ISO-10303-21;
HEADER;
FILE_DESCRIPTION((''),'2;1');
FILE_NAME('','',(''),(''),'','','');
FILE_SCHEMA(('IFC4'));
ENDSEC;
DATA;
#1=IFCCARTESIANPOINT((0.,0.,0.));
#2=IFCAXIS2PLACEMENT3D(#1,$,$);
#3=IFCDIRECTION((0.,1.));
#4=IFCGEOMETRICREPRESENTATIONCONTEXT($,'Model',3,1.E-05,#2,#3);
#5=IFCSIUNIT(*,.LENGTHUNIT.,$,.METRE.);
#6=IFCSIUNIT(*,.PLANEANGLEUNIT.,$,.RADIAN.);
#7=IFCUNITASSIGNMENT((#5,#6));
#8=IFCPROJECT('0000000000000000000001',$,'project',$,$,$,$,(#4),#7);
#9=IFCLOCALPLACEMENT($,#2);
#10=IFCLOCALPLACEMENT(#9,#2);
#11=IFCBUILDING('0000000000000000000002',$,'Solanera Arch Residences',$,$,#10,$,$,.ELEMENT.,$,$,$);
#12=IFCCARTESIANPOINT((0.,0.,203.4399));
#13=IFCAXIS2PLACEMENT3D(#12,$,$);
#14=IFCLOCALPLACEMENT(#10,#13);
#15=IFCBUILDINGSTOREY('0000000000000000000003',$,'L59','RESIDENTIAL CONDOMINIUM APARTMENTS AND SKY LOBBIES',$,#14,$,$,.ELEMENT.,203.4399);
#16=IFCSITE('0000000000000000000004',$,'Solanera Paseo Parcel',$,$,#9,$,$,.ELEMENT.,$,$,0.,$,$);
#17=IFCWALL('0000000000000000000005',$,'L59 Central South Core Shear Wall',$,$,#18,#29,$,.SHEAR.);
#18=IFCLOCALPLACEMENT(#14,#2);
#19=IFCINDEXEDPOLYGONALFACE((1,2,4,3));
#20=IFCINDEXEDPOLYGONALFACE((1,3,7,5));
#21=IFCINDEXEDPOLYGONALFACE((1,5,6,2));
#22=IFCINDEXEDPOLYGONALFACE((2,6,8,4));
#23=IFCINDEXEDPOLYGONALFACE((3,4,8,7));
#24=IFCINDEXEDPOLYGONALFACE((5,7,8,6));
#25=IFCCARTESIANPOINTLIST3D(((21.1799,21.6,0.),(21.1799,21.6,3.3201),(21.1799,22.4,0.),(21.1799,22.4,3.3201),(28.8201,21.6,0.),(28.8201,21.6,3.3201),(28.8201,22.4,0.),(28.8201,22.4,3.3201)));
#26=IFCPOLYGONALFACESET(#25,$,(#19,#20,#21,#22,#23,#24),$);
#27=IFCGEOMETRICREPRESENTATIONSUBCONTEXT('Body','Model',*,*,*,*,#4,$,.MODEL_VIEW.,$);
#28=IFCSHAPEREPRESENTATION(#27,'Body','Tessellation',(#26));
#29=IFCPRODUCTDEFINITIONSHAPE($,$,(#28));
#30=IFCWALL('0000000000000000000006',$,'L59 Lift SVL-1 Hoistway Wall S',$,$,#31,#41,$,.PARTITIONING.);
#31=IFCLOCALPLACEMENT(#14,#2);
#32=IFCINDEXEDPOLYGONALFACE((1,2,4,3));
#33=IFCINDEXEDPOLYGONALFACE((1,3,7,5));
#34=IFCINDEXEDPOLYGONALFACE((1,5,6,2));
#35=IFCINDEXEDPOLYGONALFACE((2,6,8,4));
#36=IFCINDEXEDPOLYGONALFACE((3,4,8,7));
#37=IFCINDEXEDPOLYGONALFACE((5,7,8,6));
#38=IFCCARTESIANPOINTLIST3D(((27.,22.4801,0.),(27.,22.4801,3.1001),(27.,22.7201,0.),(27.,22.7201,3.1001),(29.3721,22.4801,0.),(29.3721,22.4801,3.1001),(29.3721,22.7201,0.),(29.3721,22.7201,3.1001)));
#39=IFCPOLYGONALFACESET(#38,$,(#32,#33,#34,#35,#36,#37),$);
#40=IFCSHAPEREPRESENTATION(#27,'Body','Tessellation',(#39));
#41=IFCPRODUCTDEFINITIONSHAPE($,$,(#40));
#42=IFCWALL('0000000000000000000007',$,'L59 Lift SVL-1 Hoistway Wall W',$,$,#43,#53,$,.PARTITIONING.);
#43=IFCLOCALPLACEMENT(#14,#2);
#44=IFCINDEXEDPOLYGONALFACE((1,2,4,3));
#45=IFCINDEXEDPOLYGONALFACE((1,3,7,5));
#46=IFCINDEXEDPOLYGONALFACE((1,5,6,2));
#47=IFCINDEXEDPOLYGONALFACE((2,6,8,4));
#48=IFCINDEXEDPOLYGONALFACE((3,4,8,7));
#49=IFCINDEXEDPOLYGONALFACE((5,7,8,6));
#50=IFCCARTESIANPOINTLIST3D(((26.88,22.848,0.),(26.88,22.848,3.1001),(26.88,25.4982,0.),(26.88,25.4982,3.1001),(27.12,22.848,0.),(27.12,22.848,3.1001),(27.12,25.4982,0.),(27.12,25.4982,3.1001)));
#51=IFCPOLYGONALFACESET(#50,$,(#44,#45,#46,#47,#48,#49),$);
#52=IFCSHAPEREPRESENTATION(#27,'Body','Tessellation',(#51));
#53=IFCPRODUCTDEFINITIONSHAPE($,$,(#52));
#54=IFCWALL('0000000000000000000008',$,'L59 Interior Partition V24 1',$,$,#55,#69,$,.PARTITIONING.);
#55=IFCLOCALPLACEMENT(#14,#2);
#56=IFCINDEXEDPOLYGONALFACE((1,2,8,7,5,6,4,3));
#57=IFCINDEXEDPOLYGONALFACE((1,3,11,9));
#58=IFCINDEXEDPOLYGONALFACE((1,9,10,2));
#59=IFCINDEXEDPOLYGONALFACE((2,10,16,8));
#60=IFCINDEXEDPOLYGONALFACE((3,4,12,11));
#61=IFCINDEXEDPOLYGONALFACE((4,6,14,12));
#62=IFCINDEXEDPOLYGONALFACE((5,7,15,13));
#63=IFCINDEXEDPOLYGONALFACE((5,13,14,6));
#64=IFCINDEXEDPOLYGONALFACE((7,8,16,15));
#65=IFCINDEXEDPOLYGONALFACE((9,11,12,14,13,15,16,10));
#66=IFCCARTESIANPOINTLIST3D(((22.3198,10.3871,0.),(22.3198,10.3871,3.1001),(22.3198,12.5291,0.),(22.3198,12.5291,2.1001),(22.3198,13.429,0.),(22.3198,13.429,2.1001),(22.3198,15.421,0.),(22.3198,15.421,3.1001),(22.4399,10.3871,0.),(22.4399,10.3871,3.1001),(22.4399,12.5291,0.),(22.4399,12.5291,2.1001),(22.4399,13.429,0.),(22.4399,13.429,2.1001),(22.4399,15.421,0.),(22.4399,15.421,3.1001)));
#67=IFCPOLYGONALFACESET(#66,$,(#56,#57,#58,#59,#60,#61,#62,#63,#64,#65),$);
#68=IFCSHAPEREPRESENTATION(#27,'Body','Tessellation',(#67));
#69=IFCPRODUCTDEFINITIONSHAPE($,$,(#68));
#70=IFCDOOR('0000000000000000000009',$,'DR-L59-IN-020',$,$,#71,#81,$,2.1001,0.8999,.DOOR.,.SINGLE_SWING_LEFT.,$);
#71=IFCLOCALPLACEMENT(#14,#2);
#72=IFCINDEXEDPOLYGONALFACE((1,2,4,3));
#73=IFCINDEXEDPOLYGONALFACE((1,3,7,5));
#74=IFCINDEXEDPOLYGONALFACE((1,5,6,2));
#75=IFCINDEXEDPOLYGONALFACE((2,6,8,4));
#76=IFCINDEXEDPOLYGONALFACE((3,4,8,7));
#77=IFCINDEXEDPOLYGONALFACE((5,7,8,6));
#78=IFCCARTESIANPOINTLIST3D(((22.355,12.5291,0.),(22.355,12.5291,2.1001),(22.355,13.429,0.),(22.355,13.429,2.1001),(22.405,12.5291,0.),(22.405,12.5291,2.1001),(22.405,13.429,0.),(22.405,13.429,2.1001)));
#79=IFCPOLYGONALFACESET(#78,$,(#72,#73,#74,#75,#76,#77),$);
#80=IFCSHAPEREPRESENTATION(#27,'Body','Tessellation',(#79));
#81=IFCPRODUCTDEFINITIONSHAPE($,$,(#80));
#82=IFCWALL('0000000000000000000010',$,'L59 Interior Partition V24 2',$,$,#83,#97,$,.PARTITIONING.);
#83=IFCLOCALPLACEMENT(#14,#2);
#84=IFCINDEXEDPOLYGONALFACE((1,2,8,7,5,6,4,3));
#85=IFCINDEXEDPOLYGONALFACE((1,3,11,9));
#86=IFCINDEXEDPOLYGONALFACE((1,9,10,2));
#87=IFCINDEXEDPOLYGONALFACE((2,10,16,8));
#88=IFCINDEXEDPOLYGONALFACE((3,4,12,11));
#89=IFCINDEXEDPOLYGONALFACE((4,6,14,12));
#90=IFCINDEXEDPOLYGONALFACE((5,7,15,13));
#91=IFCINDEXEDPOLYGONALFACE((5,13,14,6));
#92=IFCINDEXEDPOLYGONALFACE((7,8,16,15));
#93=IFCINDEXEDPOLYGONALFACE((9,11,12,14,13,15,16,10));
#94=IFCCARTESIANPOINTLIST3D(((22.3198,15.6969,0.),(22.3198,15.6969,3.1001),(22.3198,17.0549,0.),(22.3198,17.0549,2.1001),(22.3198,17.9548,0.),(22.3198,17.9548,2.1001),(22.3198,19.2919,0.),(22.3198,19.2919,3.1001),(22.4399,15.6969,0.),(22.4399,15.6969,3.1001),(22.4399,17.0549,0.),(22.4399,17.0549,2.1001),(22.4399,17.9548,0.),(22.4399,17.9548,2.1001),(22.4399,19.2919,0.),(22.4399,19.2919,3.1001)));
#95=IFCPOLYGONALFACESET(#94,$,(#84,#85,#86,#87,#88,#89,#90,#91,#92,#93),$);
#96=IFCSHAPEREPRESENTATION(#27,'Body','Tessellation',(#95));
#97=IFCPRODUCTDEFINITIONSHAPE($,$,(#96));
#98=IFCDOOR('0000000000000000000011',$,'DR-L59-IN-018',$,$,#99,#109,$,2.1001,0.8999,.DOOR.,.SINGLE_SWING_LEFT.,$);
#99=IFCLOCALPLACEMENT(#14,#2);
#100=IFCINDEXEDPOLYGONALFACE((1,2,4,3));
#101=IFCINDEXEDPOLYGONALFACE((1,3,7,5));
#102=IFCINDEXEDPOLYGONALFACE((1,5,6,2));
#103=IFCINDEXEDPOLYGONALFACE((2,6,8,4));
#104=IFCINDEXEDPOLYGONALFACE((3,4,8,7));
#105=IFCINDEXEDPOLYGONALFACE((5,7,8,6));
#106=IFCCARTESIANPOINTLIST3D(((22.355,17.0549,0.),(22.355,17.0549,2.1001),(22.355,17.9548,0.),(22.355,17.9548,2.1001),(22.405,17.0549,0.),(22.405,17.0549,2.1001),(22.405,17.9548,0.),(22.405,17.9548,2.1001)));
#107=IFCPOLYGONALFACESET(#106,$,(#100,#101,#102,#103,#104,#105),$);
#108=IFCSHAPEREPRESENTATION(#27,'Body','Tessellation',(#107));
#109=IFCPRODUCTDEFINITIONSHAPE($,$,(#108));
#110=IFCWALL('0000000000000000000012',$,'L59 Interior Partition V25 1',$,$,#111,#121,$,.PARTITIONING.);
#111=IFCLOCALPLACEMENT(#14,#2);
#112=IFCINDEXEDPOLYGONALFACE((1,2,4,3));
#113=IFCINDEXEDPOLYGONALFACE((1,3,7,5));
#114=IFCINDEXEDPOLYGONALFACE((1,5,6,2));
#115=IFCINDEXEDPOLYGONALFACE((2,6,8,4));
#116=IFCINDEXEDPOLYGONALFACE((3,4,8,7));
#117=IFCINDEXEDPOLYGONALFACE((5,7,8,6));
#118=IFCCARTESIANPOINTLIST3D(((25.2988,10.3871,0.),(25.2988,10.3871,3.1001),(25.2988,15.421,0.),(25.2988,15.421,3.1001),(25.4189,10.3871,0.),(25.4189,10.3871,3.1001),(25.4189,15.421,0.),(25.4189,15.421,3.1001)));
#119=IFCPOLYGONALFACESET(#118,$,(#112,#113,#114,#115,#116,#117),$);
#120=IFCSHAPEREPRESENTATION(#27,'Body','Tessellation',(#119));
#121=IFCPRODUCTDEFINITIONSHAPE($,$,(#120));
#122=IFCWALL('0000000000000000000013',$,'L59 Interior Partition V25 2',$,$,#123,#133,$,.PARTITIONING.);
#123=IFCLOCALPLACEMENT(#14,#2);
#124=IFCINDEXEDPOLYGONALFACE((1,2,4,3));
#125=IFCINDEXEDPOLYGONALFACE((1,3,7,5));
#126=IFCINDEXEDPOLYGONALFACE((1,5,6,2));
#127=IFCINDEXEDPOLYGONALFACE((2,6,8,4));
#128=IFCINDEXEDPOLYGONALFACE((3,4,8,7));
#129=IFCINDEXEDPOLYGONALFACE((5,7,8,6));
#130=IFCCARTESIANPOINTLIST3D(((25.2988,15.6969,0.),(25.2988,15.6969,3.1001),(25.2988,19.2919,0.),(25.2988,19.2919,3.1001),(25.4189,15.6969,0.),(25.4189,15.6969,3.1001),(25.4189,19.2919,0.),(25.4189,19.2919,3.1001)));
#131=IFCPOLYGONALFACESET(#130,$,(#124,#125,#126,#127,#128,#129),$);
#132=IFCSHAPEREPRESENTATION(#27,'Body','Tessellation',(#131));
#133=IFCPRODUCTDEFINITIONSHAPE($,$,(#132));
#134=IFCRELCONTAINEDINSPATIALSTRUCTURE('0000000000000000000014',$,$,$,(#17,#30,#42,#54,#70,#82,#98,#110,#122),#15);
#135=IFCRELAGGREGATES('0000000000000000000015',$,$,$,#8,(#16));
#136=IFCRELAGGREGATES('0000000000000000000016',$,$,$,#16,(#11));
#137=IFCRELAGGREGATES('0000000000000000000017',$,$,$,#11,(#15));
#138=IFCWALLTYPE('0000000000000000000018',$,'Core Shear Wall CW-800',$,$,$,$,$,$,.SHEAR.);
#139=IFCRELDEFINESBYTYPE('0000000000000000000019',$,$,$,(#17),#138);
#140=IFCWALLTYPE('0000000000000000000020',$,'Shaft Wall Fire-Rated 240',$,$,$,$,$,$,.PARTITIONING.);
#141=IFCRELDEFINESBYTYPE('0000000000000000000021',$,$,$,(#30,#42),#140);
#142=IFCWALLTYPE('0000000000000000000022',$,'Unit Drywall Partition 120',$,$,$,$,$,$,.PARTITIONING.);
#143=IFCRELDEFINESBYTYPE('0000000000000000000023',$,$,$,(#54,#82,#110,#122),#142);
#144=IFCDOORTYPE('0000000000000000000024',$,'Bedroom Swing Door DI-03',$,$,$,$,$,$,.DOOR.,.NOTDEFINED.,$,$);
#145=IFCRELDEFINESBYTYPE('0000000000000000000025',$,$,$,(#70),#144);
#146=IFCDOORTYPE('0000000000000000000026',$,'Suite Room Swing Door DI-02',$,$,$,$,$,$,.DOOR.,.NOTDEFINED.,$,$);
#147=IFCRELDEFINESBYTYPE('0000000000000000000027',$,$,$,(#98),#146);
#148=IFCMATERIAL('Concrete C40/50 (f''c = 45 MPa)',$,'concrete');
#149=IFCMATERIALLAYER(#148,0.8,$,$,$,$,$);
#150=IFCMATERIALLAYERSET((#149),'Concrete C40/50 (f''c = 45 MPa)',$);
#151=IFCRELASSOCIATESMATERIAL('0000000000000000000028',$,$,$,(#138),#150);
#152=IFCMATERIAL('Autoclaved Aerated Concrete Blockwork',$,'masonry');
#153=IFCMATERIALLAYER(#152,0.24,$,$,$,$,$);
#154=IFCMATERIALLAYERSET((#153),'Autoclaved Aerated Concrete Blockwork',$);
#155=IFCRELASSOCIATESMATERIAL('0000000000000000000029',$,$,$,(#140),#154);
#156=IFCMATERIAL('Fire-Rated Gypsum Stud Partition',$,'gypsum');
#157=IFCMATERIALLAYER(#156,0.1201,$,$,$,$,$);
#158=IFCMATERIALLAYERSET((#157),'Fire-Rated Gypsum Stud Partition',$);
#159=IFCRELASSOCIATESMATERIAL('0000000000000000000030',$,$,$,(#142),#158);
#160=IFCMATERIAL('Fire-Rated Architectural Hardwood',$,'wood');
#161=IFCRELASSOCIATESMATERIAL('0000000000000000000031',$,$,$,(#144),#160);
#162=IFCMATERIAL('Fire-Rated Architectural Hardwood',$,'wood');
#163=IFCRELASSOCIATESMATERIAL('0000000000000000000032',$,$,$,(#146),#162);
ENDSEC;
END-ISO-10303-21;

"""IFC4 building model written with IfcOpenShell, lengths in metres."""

from ifc_helpers import new_model, si_unit, direction, frame, frame_2d, origin, place, context, subcontext, project, spatial, rectangle, extrude, material, layer, layer_set, type_object, element, fill, save


model = new_model("IFC4")

# Units and contexts
model_context = context("Model", 3, precision=1e-05, world=origin(), true_north=direction((0.0, 1.0)))
body_context = subcontext(model_context, "Body", "Model", "MODEL_VIEW")
ifc_project = project(units=[si_unit("LENGTHUNIT", "METRE"), si_unit("PLANEANGLEUNIT", "RADIAN")], contexts=[model_context])

# Site, building, storey
site_placement = place(None, origin())
site = spatial("IfcSite", under=ifc_project, at=site_placement, Name="Solanera Paseo Parcel", CompositionType="ELEMENT", RefElevation=0.0)
building_placement = place(site_placement, origin())
building = spatial("IfcBuilding", under=site, at=building_placement, Name="Solanera Arch Residences", CompositionType="ELEMENT")
storey_placement = place(building_placement, frame((0.0, 0.0, 203.4399)))
storey = spatial("IfcBuildingStorey", under=building, at=storey_placement, Name="L59", Description="RESIDENTIAL CONDOMINIUM APARTMENTS AND SKY LOBBIES", CompositionType="ELEMENT", Elevation=203.4399)

# Walls
ifc_material_1 = material(Name="Concrete C40/50 (f'c = 45 MPa)", Category="concrete")
ifc_layer_1 = layer(ifc_material_1, 0.8)
ifc_layer_set_1 = layer_set([ifc_layer_1], Name="Concrete C40/50 (f'c = 45 MPa)")
wall_type_1 = type_object("IfcWallType", Name="Core Shear Wall CW-800", PredefinedType="SHEAR", material=ifc_layer_set_1)
wall_1_placement = place(storey_placement, frame((21.1799, 22.0, 0.0), z_axis=(0.0, 0.0, 1.0), x_axis=(1.0, 0.0, 0.0)))
element("IfcWall", 1, at=wall_1_placement, inside=storey, type_object=wall_type_1, Name="L59 Central South Core Shear Wall", PredefinedType="SHEAR", context=body_context, shape_type="SweptSolid", body=[
    extrude(rectangle(XDim=7.6401, YDim=0.8, at=frame_2d((3.8201, 0.0))), origin(), (0.0, 0.0, 1.0), 3.3201),
])
ifc_material_2 = material(Name="Autoclaved Aerated Concrete Blockwork", Category="masonry")
ifc_layer_2 = layer(ifc_material_2, 0.24)
ifc_layer_set_2 = layer_set([ifc_layer_2], Name="Autoclaved Aerated Concrete Blockwork")
wall_type_2 = type_object("IfcWallType", Name="Shaft Wall Fire-Rated 240", PredefinedType="PARTITIONING", material=ifc_layer_set_2)
wall_2_placement = place(storey_placement, frame((27.0, 22.6001, 0.0), z_axis=(0.0, 0.0, 1.0), x_axis=(1.0, 0.0, 0.0)))
element("IfcWall", 2, at=wall_2_placement, inside=storey, type_object=wall_type_2, Name="L59 Lift SVL-1 Hoistway Wall S", PredefinedType="PARTITIONING", context=body_context, shape_type="SweptSolid", body=[
    extrude(rectangle(XDim=2.3721, YDim=0.24, at=frame_2d((1.186, 0.0))), origin(), (0.0, 0.0, 1.0), 3.1001),
])
wall_3_placement = place(storey_placement, frame((27.0, 22.8479, 0.0), z_axis=(0.0, 0.0, 1.0), x_axis=(0.0, 1.0, 0.0)))
element("IfcWall", 3, at=wall_3_placement, inside=storey, type_object=wall_type_2, Name="L59 Lift SVL-1 Hoistway Wall W", PredefinedType="PARTITIONING", context=body_context, shape_type="SweptSolid", body=[
    extrude(rectangle(XDim=2.6501, YDim=0.24, at=frame_2d((1.3252, 0.0))), origin(), (0.0, 0.0, 1.0), 3.1001),
])

# Walls, openings, doors
ifc_material_3 = material(Name="Fire-Rated Gypsum Stud Partition", Category="gypsum")
ifc_layer_3 = layer(ifc_material_3, 0.1201)
ifc_layer_set_3 = layer_set([ifc_layer_3], Name="Fire-Rated Gypsum Stud Partition")
wall_type_3 = type_object("IfcWallType", Name="Unit Drywall Partition 120", PredefinedType="PARTITIONING", material=ifc_layer_set_3)
wall_4_placement = place(storey_placement, frame((22.3799, 10.387, 0.0), z_axis=(0.0, 0.0, 1.0), x_axis=(0.0, 1.0, 0.0)))
wall_4 = element("IfcWall", 4, at=wall_4_placement, inside=storey, type_object=wall_type_3, Name="L59 Interior Partition V24 1", PredefinedType="PARTITIONING", context=body_context, shape_type="SweptSolid", body=[
    extrude(rectangle(XDim=5.0339, YDim=0.1201, at=frame_2d((2.5171, 0.0))), origin(), (0.0, 0.0, 1.0), 3.1001),
])
opening_1_placement = place(wall_4_placement, frame((2.1421, 0.0, 0.0)))
opening_1 = element("IfcOpeningElement", 5, at=opening_1_placement, cuts=wall_4, PredefinedType="OPENING", context=body_context, shape_type="SweptSolid", body=[
    extrude(rectangle(XDim=0.8999, YDim=2.1001, at=frame_2d((0.45, 1.05))), frame((0.0, 0.0701, 0.0), z_axis=(0.0, -1.0, 0.0), x_axis=(1.0, 0.0, 0.0)), (0.0, 0.0, 1.0), 0.1401),
])
ifc_material_4 = material(Name="Fire-Rated Architectural Hardwood", Category="wood")
door_type_1 = type_object("IfcDoorType", Name="Bedroom Swing Door DI-03", OperationType="NOTDEFINED", PredefinedType="DOOR", material=ifc_material_4)
door_1_placement = place(opening_1_placement, origin())
door_1 = element("IfcDoor", 6, at=door_1_placement, inside=storey, type_object=door_type_1, Name="DR-L59-IN-020", OperationType="SINGLE_SWING_LEFT", OverallHeight=2.1001, OverallWidth=0.8999, PredefinedType="DOOR", context=body_context, shape_type="SweptSolid", body=[
    extrude(rectangle(XDim=0.8999, YDim=2.1001, at=frame_2d((0.45, 1.05))), frame((0.0, 0.0249, 0.0), z_axis=(0.0, -1.0, 0.0), x_axis=(1.0, 0.0, 0.0)), (0.0, 0.0, 1.0), 0.05),
])
fill(opening_1, door_1)
wall_5_placement = place(storey_placement, frame((22.3799, 15.697, 0.0), z_axis=(0.0, 0.0, 1.0), x_axis=(0.0, 1.0, 0.0)))
wall_5 = element("IfcWall", 7, at=wall_5_placement, inside=storey, type_object=wall_type_3, Name="L59 Interior Partition V24 2", PredefinedType="PARTITIONING", context=body_context, shape_type="SweptSolid", body=[
    extrude(rectangle(XDim=3.595, YDim=0.1201, at=frame_2d((1.7974, 0.0))), origin(), (0.0, 0.0, 1.0), 3.1001),
])
opening_2_placement = place(wall_5_placement, frame((1.3579, 0.0, 0.0)))
opening_2 = element("IfcOpeningElement", 8, at=opening_2_placement, cuts=wall_5, PredefinedType="OPENING", context=body_context, shape_type="SweptSolid", body=[
    extrude(rectangle(XDim=0.8999, YDim=2.1001, at=frame_2d((0.45, 1.05))), frame((0.0, 0.0701, 0.0), z_axis=(0.0, -1.0, 0.0), x_axis=(1.0, 0.0, 0.0)), (0.0, 0.0, 1.0), 0.1401),
])
ifc_material_5 = material(Name="Fire-Rated Architectural Hardwood", Category="wood")
door_type_2 = type_object("IfcDoorType", Name="Suite Room Swing Door DI-02", OperationType="NOTDEFINED", PredefinedType="DOOR", material=ifc_material_5)
door_2_placement = place(opening_2_placement, origin())
door_2 = element("IfcDoor", 9, at=door_2_placement, inside=storey, type_object=door_type_2, Name="DR-L59-IN-018", OperationType="SINGLE_SWING_LEFT", OverallHeight=2.1001, OverallWidth=0.8999, PredefinedType="DOOR", context=body_context, shape_type="SweptSolid", body=[
    extrude(rectangle(XDim=0.8999, YDim=2.1001, at=frame_2d((0.45, 1.05))), frame((0.0, 0.0249, 0.0), z_axis=(0.0, -1.0, 0.0), x_axis=(1.0, 0.0, 0.0)), (0.0, 0.0, 1.0), 0.05),
])
fill(opening_2, door_2)

# Walls
wall_6_placement = place(storey_placement, frame((25.3589, 10.387, 0.0), z_axis=(0.0, 0.0, 1.0), x_axis=(0.0, 1.0, 0.0)))
element("IfcWall", 10, at=wall_6_placement, inside=storey, type_object=wall_type_3, Name="L59 Interior Partition V25 1", PredefinedType="PARTITIONING", context=body_context, shape_type="SweptSolid", body=[
    extrude(rectangle(XDim=5.0339, YDim=0.1201, at=frame_2d((2.5171, 0.0))), origin(), (0.0, 0.0, 1.0), 3.1001),
])
wall_7_placement = place(storey_placement, frame((25.3589, 15.697, 0.0), z_axis=(0.0, 0.0, 1.0), x_axis=(0.0, 1.0, 0.0)))
element("IfcWall", 11, at=wall_7_placement, inside=storey, type_object=wall_type_3, Name="L59 Interior Partition V25 2", PredefinedType="PARTITIONING", context=body_context, shape_type="SweptSolid", body=[
    extrude(rectangle(XDim=3.595, YDim=0.1201, at=frame_2d((1.7974, 0.0))), origin(), (0.0, 0.0, 1.0), 3.1001),
])

save(model, "model.ifc")
